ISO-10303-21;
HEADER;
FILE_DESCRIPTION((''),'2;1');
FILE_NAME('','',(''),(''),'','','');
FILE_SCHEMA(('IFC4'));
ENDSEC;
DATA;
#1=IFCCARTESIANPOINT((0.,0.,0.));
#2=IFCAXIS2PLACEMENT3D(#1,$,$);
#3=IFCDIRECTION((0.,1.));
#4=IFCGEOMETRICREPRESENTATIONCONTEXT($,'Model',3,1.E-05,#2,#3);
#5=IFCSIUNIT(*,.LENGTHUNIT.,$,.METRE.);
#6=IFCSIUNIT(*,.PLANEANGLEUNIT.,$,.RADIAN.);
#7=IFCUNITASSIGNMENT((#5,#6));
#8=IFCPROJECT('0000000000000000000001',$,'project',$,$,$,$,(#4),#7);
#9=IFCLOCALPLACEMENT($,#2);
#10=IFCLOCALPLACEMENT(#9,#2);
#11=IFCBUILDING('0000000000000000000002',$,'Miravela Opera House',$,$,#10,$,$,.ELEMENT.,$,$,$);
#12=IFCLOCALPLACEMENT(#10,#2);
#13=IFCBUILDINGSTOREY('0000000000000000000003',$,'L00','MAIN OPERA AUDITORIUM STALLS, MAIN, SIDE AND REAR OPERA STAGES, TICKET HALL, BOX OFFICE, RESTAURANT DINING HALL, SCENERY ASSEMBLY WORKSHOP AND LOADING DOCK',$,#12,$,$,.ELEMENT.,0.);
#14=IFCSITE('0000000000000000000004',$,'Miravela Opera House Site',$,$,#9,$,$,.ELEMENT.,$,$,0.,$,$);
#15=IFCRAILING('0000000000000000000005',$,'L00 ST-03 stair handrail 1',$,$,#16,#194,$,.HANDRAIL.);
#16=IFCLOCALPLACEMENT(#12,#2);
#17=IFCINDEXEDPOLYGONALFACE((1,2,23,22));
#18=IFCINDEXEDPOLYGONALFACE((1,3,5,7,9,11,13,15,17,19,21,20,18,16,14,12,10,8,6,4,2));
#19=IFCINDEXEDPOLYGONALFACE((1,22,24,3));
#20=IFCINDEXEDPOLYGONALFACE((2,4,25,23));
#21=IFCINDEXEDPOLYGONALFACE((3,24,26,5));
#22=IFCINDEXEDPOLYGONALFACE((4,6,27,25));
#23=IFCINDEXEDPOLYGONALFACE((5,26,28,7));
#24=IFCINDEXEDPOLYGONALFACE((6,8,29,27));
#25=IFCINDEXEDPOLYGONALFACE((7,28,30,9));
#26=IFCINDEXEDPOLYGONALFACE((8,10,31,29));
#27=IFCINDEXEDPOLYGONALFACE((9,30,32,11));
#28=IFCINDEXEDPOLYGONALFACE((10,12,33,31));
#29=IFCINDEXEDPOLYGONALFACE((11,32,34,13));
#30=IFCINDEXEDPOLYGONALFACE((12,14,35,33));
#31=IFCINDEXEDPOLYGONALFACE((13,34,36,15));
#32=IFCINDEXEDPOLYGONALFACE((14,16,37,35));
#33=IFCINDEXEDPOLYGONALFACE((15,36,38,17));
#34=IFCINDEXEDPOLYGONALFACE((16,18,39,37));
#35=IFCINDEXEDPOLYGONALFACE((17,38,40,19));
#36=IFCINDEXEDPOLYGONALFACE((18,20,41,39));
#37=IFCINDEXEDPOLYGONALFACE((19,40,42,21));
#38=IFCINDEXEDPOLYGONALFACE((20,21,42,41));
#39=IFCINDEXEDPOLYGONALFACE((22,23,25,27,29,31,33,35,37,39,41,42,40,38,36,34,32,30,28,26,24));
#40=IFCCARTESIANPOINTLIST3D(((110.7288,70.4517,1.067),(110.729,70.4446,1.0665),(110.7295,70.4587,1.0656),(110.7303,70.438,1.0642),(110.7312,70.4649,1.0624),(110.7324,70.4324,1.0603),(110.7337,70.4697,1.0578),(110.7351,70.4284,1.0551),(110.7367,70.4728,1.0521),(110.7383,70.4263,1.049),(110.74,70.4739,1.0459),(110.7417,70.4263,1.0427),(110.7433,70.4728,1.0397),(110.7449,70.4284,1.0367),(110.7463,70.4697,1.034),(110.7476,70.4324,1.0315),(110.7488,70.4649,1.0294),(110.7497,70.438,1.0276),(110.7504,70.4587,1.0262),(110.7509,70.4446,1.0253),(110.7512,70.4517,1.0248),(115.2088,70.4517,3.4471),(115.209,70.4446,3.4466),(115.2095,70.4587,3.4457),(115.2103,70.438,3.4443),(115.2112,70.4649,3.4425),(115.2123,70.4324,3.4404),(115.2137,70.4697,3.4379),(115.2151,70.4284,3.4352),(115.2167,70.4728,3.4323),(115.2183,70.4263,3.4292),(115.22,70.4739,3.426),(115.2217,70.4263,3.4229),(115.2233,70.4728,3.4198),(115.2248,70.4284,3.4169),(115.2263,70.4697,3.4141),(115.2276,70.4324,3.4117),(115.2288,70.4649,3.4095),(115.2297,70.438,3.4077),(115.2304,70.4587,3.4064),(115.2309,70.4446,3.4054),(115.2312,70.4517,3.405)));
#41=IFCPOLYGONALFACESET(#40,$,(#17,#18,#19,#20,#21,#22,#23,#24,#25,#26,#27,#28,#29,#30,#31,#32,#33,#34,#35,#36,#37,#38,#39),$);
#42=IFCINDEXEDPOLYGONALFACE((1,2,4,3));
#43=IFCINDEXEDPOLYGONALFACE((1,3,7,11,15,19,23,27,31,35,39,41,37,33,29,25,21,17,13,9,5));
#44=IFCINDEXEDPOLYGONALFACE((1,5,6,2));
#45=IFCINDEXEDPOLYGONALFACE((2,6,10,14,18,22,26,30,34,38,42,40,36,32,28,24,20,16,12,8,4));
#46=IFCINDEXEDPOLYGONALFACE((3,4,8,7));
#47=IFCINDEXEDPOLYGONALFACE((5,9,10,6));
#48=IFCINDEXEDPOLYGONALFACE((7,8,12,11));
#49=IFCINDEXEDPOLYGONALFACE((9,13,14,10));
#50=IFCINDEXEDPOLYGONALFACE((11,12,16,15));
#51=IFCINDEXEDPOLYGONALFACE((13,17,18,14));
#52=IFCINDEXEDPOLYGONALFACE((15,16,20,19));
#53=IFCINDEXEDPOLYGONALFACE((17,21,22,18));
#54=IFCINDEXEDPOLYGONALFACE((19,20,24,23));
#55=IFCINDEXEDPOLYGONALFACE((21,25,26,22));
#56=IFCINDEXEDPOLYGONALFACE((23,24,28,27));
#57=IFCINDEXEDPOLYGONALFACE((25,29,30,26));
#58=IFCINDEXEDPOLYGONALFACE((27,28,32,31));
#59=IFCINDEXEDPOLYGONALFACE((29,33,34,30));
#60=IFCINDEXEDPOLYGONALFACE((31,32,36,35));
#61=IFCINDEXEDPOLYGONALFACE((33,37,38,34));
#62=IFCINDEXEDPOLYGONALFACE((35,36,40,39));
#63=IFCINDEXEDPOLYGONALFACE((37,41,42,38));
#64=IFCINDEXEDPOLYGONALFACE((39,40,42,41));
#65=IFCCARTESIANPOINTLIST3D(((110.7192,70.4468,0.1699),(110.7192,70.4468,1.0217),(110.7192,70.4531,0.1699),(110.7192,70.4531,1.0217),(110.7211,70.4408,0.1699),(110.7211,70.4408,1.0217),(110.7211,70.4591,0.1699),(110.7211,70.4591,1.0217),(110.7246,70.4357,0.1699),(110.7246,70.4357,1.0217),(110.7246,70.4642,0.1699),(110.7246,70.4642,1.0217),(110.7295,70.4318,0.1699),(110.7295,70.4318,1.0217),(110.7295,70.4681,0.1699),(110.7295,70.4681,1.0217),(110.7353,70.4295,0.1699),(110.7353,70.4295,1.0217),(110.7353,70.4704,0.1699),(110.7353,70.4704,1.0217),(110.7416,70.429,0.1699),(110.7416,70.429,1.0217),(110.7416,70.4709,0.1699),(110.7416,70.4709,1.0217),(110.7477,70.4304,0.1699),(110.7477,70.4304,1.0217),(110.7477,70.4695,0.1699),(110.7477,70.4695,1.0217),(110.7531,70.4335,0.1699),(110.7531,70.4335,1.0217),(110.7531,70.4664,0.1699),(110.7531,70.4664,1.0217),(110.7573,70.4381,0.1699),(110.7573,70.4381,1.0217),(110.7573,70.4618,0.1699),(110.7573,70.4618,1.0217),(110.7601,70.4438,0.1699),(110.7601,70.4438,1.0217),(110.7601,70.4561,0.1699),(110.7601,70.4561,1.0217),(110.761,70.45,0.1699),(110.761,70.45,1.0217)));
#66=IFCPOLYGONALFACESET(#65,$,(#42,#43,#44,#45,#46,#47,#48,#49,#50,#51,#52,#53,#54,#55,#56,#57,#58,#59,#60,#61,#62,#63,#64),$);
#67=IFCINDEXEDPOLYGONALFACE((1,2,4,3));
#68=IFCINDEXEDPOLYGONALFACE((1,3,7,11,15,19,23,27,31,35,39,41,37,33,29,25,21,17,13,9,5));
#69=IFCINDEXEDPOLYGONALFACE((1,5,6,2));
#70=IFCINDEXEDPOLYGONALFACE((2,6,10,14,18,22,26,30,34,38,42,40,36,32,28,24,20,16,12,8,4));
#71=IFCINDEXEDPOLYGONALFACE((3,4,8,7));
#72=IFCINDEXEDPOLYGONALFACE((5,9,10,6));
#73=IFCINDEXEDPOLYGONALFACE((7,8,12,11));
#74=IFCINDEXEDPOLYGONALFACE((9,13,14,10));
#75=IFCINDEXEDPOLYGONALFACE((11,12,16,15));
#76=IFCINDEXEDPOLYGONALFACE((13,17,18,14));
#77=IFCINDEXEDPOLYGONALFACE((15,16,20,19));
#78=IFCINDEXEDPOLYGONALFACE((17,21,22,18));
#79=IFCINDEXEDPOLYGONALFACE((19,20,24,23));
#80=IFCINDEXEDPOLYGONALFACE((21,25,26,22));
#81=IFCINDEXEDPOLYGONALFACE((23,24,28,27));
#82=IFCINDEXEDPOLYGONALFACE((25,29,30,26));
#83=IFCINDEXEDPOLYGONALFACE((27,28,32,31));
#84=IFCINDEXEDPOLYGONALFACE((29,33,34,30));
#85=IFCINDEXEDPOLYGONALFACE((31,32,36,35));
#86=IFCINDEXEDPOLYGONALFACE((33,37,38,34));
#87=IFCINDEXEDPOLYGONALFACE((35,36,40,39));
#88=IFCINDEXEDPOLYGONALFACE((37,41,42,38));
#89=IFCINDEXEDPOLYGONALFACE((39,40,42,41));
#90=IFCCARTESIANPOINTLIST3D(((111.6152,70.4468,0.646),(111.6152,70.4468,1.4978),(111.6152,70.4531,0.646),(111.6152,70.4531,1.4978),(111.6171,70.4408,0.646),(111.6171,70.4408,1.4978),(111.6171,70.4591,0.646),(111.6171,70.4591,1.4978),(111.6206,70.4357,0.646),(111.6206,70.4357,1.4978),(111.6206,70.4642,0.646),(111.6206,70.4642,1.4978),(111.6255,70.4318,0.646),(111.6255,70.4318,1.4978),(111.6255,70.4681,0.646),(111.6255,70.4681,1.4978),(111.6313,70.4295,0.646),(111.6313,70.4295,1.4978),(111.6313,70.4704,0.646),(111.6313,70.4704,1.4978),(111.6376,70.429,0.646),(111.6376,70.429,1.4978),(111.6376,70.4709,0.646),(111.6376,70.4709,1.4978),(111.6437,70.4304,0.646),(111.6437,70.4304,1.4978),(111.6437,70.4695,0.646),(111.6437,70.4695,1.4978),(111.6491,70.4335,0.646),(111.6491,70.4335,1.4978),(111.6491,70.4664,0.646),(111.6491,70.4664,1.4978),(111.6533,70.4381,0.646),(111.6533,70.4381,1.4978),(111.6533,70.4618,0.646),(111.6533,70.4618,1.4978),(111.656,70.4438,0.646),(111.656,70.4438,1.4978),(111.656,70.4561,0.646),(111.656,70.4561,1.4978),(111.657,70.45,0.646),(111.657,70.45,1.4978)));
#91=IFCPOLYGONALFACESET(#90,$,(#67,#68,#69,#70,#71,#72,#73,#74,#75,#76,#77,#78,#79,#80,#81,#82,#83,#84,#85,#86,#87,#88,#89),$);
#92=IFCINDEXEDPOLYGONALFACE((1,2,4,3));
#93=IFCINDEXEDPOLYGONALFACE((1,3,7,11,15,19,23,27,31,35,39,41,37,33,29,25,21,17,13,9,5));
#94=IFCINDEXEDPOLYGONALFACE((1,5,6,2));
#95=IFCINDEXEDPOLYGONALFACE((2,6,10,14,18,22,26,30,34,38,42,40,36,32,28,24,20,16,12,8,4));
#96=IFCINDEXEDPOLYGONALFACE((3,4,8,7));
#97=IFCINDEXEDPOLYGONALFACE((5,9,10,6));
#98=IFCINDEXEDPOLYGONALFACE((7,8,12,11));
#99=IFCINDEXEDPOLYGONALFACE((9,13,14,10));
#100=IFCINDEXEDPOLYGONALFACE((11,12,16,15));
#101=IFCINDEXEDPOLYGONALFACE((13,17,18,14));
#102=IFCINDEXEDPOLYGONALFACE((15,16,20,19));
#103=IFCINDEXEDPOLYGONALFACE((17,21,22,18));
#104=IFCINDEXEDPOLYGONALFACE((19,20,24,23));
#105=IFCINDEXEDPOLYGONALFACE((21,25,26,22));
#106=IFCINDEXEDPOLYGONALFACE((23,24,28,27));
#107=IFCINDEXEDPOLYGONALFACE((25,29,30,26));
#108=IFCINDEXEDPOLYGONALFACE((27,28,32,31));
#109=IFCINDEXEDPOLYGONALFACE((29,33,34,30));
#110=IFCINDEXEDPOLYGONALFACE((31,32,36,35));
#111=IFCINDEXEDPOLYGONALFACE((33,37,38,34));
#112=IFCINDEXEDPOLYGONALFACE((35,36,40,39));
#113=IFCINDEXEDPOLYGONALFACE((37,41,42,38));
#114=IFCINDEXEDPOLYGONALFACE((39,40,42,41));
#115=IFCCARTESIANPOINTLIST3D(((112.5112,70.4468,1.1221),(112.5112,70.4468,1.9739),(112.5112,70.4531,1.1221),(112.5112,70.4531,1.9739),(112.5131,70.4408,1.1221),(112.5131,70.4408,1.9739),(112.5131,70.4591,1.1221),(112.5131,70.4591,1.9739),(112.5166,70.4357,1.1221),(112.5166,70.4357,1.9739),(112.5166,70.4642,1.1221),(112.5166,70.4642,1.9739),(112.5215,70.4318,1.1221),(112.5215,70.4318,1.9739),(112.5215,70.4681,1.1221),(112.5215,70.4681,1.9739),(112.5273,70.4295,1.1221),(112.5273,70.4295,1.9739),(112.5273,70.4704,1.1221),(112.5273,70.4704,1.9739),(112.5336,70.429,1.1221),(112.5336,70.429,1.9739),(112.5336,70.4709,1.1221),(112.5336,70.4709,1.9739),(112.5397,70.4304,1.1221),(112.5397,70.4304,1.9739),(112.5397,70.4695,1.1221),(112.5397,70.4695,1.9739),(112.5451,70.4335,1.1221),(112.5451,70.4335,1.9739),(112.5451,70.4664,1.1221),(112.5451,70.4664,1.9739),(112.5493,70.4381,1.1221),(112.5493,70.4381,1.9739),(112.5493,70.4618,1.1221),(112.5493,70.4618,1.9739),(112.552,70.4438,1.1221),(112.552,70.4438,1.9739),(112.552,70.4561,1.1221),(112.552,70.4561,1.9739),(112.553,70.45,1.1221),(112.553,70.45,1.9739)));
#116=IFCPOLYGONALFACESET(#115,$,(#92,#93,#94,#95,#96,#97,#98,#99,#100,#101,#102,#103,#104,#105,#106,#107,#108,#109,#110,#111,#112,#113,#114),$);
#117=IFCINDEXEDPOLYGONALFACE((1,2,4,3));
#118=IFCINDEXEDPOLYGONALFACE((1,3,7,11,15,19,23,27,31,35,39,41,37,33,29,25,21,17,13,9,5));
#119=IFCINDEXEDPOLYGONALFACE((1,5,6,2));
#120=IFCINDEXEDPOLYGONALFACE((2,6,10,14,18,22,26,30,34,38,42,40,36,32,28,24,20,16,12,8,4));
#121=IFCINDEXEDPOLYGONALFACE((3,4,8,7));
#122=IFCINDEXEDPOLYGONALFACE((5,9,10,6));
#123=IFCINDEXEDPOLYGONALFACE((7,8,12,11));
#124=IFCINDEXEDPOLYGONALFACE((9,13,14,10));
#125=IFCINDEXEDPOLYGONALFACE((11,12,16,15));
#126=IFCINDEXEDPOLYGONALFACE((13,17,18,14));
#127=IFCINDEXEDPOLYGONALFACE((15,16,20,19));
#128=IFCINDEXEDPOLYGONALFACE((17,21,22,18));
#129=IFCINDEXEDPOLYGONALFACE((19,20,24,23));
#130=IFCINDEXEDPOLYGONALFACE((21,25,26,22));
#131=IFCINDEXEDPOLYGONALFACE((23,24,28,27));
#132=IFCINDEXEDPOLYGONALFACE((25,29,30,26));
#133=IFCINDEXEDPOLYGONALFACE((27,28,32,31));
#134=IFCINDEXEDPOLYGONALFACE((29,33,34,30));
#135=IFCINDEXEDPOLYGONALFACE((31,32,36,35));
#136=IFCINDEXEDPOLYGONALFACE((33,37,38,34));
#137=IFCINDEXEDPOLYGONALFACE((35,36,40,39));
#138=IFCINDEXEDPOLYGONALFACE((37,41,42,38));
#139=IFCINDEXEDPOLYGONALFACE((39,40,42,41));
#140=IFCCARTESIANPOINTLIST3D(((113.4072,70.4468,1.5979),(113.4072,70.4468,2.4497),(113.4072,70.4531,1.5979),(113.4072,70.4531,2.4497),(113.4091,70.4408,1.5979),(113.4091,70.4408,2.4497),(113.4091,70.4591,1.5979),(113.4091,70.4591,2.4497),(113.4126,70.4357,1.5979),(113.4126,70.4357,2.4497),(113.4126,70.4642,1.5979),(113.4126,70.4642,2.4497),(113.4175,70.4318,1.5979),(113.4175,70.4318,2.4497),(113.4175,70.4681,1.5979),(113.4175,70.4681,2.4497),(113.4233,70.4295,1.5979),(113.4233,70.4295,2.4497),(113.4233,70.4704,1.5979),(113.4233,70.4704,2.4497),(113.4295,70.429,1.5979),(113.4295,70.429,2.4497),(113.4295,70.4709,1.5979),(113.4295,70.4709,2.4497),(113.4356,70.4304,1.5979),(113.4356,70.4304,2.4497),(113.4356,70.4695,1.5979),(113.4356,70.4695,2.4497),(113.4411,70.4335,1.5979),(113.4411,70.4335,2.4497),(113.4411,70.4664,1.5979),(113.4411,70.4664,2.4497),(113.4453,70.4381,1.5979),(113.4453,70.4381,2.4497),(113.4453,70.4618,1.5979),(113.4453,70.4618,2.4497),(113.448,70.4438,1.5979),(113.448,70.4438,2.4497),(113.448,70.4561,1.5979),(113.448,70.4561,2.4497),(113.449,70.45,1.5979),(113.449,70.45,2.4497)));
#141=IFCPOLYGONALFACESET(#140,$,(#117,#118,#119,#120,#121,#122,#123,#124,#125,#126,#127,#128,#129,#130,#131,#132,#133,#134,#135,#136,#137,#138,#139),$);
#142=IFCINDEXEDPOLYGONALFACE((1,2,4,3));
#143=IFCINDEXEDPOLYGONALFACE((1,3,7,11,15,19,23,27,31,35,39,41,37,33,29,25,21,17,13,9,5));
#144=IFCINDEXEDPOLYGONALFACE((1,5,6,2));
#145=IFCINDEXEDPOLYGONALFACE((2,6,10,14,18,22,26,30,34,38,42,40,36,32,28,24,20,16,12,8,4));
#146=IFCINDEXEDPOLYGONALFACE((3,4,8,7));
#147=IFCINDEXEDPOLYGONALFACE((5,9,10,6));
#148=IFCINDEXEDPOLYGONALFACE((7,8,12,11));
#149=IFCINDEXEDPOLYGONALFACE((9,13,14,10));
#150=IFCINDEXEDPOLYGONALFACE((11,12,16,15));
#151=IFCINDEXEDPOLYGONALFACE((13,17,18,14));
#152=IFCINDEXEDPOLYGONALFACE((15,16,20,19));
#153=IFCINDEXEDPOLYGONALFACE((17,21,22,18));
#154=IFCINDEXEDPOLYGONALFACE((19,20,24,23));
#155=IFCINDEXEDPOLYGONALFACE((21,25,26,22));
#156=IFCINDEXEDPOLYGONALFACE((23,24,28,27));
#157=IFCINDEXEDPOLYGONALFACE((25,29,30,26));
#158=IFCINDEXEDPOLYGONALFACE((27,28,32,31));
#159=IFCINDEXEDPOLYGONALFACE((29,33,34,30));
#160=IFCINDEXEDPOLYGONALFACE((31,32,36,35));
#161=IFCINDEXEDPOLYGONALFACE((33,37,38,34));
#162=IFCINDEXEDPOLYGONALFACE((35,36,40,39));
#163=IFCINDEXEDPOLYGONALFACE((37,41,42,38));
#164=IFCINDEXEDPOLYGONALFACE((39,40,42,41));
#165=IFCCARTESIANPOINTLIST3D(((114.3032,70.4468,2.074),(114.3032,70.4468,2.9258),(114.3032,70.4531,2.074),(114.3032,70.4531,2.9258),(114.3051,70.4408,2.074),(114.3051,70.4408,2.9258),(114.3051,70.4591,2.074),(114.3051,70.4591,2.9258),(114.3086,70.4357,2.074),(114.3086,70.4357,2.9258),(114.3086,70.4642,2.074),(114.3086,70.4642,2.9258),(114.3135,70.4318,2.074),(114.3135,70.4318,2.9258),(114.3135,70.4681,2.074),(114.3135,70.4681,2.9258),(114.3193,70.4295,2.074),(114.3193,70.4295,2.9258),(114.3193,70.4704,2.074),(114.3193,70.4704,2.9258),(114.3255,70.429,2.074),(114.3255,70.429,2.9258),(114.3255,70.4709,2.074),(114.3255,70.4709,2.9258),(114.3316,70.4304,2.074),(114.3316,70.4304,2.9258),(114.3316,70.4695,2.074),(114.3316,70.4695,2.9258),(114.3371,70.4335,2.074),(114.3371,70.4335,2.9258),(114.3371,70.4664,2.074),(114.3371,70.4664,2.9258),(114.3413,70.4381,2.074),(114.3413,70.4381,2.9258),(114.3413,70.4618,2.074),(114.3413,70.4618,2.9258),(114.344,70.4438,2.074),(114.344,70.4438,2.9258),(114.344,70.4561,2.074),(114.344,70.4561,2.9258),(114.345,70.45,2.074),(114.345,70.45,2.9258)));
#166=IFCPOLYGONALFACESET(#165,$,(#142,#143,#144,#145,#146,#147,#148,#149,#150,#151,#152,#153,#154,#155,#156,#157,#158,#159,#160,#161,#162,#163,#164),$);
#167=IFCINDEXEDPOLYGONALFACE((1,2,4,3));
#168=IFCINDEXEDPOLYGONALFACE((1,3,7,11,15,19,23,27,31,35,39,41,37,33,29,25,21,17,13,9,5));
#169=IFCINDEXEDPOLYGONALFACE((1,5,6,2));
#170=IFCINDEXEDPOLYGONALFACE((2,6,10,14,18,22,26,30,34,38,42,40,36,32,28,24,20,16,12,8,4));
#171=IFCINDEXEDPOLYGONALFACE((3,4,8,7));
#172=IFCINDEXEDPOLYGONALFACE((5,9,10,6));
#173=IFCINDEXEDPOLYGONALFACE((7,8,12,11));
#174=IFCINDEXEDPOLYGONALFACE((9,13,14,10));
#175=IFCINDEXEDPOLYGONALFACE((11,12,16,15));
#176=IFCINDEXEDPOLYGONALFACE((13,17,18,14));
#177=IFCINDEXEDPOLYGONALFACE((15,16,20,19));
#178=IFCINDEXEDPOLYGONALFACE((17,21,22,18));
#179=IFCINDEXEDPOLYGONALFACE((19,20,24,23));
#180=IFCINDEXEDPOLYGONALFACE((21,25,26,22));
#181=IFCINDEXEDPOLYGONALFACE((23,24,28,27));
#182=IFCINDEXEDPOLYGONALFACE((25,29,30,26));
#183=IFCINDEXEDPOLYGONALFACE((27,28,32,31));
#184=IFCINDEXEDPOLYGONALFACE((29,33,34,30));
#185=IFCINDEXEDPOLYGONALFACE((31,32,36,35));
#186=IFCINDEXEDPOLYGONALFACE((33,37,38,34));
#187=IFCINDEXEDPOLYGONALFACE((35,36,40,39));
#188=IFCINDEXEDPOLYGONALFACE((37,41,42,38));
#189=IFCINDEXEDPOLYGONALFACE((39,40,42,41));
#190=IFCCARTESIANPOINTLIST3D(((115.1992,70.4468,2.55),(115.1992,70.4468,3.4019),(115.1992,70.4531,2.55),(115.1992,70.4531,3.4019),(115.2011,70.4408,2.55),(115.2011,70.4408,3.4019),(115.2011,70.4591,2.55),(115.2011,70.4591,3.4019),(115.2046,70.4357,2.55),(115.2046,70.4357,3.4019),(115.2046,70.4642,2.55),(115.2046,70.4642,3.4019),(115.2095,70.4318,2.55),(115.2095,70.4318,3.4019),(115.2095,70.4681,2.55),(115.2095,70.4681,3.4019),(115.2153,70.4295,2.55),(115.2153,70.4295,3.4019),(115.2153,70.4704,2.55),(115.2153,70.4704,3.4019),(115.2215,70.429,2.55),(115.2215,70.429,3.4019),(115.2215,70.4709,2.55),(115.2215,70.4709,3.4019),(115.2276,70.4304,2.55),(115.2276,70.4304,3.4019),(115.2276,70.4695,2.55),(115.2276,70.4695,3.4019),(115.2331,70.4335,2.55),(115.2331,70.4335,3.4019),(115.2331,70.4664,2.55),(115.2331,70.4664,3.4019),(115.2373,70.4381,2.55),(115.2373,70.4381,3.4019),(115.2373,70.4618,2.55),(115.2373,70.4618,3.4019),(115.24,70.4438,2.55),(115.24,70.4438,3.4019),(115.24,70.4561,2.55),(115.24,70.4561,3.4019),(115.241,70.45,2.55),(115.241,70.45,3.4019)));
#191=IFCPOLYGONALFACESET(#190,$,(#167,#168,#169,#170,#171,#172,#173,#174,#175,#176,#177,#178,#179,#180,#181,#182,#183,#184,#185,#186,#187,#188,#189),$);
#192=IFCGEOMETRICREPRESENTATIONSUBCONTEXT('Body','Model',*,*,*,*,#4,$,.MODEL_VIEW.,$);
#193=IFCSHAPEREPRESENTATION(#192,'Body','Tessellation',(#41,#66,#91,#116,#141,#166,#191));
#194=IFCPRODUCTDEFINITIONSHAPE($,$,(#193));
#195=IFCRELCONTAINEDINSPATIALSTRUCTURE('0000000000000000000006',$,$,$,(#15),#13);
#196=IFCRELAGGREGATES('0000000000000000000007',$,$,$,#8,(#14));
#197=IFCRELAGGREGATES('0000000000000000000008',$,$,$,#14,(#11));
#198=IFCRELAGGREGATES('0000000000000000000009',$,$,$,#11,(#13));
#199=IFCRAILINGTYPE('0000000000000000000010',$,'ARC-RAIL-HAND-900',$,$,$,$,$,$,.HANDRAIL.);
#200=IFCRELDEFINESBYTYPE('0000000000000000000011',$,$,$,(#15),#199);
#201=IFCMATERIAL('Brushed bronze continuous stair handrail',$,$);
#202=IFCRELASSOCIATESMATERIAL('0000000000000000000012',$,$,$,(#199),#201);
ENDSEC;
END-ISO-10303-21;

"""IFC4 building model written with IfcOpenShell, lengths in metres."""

from ifc_helpers import new_model, si_unit, direction, frame, origin, origin_2d, place, context, subcontext, project, spatial, circle, extrude, material, type_object, element, save


model = new_model("IFC4")

# Units and contexts
model_context = context("Model", 3, precision=1e-05, world=origin(), true_north=direction((0.0, 1.0)))
body_context = subcontext(model_context, "Body", "Model", "MODEL_VIEW")
ifc_project = project(units=[si_unit("LENGTHUNIT", "METRE"), si_unit("PLANEANGLEUNIT", "RADIAN")], contexts=[model_context])

# Site, building, storey
site_placement = place(None, origin())
site = spatial("IfcSite", under=ifc_project, at=site_placement, Name="Miravela Opera House Site", CompositionType="ELEMENT", RefElevation=0.0)
building_placement = place(site_placement, origin())
building = spatial("IfcBuilding", under=site, at=building_placement, Name="Miravela Opera House", CompositionType="ELEMENT")
storey_placement = place(building_placement, origin())
storey = spatial("IfcBuildingStorey", under=building, at=storey_placement, Name="L00", Description="MAIN OPERA AUDITORIUM STALLS, MAIN, SIDE AND REAR OPERA STAGES, TICKET HALL, BOX OFFICE, RESTAURANT DINING HALL, SCENERY ASSEMBLY WORKSHOP AND LOADING DOCK", CompositionType="ELEMENT", Elevation=0.0)

# Railing
ifc_material_1 = material(Name="Brushed bronze continuous stair handrail")
railing_type_1 = type_object("IfcRailingType", Name="ARC-RAIL-HAND-900", PredefinedType="HANDRAIL", material=ifc_material_1)
railing_1_placement = place(storey_placement, frame((110.74, 70.45, 0.1699)))
element("IfcRailing", 1, at=railing_1_placement, inside=storey, type_object=railing_type_1, Name="L00 ST-03 stair handrail 1", PredefinedType="HANDRAIL", context=body_context, shape_type="SweptSolid", body=[
    extrude(circle(Radius=0.0239, at=origin_2d()), frame((0.0, 0.0, 0.876), z_axis=(0.883105, 0.0, 0.469176), x_axis=(0.0, 1.0, 0.0)), (0.0, 0.0, 1.0), 5.073),
    extrude(circle(Radius=0.021, at=origin_2d()), origin(), (0.0, 0.0, 1.0), 0.8518),
    extrude(circle(Radius=0.021, at=origin_2d()), frame((0.896, 0.0, 0.4761)), (0.0, 0.0, 1.0), 0.8518),
    extrude(circle(Radius=0.021, at=origin_2d()), frame((1.792, 0.0, 0.9521)), (0.0, 0.0, 1.0), 0.8518),
    extrude(circle(Radius=0.021, at=origin_2d()), frame((2.688, 0.0, 1.428)), (0.0, 0.0, 1.0), 0.8518),
    extrude(circle(Radius=0.021, at=origin_2d()), frame((3.584, 0.0, 1.9041)), (0.0, 0.0, 1.0), 0.8518),
    extrude(circle(Radius=0.021, at=origin_2d()), frame((4.48, 0.0, 2.3801)), (0.0, 0.0, 1.0), 0.8518),
])

save(model, "model.ifc")
